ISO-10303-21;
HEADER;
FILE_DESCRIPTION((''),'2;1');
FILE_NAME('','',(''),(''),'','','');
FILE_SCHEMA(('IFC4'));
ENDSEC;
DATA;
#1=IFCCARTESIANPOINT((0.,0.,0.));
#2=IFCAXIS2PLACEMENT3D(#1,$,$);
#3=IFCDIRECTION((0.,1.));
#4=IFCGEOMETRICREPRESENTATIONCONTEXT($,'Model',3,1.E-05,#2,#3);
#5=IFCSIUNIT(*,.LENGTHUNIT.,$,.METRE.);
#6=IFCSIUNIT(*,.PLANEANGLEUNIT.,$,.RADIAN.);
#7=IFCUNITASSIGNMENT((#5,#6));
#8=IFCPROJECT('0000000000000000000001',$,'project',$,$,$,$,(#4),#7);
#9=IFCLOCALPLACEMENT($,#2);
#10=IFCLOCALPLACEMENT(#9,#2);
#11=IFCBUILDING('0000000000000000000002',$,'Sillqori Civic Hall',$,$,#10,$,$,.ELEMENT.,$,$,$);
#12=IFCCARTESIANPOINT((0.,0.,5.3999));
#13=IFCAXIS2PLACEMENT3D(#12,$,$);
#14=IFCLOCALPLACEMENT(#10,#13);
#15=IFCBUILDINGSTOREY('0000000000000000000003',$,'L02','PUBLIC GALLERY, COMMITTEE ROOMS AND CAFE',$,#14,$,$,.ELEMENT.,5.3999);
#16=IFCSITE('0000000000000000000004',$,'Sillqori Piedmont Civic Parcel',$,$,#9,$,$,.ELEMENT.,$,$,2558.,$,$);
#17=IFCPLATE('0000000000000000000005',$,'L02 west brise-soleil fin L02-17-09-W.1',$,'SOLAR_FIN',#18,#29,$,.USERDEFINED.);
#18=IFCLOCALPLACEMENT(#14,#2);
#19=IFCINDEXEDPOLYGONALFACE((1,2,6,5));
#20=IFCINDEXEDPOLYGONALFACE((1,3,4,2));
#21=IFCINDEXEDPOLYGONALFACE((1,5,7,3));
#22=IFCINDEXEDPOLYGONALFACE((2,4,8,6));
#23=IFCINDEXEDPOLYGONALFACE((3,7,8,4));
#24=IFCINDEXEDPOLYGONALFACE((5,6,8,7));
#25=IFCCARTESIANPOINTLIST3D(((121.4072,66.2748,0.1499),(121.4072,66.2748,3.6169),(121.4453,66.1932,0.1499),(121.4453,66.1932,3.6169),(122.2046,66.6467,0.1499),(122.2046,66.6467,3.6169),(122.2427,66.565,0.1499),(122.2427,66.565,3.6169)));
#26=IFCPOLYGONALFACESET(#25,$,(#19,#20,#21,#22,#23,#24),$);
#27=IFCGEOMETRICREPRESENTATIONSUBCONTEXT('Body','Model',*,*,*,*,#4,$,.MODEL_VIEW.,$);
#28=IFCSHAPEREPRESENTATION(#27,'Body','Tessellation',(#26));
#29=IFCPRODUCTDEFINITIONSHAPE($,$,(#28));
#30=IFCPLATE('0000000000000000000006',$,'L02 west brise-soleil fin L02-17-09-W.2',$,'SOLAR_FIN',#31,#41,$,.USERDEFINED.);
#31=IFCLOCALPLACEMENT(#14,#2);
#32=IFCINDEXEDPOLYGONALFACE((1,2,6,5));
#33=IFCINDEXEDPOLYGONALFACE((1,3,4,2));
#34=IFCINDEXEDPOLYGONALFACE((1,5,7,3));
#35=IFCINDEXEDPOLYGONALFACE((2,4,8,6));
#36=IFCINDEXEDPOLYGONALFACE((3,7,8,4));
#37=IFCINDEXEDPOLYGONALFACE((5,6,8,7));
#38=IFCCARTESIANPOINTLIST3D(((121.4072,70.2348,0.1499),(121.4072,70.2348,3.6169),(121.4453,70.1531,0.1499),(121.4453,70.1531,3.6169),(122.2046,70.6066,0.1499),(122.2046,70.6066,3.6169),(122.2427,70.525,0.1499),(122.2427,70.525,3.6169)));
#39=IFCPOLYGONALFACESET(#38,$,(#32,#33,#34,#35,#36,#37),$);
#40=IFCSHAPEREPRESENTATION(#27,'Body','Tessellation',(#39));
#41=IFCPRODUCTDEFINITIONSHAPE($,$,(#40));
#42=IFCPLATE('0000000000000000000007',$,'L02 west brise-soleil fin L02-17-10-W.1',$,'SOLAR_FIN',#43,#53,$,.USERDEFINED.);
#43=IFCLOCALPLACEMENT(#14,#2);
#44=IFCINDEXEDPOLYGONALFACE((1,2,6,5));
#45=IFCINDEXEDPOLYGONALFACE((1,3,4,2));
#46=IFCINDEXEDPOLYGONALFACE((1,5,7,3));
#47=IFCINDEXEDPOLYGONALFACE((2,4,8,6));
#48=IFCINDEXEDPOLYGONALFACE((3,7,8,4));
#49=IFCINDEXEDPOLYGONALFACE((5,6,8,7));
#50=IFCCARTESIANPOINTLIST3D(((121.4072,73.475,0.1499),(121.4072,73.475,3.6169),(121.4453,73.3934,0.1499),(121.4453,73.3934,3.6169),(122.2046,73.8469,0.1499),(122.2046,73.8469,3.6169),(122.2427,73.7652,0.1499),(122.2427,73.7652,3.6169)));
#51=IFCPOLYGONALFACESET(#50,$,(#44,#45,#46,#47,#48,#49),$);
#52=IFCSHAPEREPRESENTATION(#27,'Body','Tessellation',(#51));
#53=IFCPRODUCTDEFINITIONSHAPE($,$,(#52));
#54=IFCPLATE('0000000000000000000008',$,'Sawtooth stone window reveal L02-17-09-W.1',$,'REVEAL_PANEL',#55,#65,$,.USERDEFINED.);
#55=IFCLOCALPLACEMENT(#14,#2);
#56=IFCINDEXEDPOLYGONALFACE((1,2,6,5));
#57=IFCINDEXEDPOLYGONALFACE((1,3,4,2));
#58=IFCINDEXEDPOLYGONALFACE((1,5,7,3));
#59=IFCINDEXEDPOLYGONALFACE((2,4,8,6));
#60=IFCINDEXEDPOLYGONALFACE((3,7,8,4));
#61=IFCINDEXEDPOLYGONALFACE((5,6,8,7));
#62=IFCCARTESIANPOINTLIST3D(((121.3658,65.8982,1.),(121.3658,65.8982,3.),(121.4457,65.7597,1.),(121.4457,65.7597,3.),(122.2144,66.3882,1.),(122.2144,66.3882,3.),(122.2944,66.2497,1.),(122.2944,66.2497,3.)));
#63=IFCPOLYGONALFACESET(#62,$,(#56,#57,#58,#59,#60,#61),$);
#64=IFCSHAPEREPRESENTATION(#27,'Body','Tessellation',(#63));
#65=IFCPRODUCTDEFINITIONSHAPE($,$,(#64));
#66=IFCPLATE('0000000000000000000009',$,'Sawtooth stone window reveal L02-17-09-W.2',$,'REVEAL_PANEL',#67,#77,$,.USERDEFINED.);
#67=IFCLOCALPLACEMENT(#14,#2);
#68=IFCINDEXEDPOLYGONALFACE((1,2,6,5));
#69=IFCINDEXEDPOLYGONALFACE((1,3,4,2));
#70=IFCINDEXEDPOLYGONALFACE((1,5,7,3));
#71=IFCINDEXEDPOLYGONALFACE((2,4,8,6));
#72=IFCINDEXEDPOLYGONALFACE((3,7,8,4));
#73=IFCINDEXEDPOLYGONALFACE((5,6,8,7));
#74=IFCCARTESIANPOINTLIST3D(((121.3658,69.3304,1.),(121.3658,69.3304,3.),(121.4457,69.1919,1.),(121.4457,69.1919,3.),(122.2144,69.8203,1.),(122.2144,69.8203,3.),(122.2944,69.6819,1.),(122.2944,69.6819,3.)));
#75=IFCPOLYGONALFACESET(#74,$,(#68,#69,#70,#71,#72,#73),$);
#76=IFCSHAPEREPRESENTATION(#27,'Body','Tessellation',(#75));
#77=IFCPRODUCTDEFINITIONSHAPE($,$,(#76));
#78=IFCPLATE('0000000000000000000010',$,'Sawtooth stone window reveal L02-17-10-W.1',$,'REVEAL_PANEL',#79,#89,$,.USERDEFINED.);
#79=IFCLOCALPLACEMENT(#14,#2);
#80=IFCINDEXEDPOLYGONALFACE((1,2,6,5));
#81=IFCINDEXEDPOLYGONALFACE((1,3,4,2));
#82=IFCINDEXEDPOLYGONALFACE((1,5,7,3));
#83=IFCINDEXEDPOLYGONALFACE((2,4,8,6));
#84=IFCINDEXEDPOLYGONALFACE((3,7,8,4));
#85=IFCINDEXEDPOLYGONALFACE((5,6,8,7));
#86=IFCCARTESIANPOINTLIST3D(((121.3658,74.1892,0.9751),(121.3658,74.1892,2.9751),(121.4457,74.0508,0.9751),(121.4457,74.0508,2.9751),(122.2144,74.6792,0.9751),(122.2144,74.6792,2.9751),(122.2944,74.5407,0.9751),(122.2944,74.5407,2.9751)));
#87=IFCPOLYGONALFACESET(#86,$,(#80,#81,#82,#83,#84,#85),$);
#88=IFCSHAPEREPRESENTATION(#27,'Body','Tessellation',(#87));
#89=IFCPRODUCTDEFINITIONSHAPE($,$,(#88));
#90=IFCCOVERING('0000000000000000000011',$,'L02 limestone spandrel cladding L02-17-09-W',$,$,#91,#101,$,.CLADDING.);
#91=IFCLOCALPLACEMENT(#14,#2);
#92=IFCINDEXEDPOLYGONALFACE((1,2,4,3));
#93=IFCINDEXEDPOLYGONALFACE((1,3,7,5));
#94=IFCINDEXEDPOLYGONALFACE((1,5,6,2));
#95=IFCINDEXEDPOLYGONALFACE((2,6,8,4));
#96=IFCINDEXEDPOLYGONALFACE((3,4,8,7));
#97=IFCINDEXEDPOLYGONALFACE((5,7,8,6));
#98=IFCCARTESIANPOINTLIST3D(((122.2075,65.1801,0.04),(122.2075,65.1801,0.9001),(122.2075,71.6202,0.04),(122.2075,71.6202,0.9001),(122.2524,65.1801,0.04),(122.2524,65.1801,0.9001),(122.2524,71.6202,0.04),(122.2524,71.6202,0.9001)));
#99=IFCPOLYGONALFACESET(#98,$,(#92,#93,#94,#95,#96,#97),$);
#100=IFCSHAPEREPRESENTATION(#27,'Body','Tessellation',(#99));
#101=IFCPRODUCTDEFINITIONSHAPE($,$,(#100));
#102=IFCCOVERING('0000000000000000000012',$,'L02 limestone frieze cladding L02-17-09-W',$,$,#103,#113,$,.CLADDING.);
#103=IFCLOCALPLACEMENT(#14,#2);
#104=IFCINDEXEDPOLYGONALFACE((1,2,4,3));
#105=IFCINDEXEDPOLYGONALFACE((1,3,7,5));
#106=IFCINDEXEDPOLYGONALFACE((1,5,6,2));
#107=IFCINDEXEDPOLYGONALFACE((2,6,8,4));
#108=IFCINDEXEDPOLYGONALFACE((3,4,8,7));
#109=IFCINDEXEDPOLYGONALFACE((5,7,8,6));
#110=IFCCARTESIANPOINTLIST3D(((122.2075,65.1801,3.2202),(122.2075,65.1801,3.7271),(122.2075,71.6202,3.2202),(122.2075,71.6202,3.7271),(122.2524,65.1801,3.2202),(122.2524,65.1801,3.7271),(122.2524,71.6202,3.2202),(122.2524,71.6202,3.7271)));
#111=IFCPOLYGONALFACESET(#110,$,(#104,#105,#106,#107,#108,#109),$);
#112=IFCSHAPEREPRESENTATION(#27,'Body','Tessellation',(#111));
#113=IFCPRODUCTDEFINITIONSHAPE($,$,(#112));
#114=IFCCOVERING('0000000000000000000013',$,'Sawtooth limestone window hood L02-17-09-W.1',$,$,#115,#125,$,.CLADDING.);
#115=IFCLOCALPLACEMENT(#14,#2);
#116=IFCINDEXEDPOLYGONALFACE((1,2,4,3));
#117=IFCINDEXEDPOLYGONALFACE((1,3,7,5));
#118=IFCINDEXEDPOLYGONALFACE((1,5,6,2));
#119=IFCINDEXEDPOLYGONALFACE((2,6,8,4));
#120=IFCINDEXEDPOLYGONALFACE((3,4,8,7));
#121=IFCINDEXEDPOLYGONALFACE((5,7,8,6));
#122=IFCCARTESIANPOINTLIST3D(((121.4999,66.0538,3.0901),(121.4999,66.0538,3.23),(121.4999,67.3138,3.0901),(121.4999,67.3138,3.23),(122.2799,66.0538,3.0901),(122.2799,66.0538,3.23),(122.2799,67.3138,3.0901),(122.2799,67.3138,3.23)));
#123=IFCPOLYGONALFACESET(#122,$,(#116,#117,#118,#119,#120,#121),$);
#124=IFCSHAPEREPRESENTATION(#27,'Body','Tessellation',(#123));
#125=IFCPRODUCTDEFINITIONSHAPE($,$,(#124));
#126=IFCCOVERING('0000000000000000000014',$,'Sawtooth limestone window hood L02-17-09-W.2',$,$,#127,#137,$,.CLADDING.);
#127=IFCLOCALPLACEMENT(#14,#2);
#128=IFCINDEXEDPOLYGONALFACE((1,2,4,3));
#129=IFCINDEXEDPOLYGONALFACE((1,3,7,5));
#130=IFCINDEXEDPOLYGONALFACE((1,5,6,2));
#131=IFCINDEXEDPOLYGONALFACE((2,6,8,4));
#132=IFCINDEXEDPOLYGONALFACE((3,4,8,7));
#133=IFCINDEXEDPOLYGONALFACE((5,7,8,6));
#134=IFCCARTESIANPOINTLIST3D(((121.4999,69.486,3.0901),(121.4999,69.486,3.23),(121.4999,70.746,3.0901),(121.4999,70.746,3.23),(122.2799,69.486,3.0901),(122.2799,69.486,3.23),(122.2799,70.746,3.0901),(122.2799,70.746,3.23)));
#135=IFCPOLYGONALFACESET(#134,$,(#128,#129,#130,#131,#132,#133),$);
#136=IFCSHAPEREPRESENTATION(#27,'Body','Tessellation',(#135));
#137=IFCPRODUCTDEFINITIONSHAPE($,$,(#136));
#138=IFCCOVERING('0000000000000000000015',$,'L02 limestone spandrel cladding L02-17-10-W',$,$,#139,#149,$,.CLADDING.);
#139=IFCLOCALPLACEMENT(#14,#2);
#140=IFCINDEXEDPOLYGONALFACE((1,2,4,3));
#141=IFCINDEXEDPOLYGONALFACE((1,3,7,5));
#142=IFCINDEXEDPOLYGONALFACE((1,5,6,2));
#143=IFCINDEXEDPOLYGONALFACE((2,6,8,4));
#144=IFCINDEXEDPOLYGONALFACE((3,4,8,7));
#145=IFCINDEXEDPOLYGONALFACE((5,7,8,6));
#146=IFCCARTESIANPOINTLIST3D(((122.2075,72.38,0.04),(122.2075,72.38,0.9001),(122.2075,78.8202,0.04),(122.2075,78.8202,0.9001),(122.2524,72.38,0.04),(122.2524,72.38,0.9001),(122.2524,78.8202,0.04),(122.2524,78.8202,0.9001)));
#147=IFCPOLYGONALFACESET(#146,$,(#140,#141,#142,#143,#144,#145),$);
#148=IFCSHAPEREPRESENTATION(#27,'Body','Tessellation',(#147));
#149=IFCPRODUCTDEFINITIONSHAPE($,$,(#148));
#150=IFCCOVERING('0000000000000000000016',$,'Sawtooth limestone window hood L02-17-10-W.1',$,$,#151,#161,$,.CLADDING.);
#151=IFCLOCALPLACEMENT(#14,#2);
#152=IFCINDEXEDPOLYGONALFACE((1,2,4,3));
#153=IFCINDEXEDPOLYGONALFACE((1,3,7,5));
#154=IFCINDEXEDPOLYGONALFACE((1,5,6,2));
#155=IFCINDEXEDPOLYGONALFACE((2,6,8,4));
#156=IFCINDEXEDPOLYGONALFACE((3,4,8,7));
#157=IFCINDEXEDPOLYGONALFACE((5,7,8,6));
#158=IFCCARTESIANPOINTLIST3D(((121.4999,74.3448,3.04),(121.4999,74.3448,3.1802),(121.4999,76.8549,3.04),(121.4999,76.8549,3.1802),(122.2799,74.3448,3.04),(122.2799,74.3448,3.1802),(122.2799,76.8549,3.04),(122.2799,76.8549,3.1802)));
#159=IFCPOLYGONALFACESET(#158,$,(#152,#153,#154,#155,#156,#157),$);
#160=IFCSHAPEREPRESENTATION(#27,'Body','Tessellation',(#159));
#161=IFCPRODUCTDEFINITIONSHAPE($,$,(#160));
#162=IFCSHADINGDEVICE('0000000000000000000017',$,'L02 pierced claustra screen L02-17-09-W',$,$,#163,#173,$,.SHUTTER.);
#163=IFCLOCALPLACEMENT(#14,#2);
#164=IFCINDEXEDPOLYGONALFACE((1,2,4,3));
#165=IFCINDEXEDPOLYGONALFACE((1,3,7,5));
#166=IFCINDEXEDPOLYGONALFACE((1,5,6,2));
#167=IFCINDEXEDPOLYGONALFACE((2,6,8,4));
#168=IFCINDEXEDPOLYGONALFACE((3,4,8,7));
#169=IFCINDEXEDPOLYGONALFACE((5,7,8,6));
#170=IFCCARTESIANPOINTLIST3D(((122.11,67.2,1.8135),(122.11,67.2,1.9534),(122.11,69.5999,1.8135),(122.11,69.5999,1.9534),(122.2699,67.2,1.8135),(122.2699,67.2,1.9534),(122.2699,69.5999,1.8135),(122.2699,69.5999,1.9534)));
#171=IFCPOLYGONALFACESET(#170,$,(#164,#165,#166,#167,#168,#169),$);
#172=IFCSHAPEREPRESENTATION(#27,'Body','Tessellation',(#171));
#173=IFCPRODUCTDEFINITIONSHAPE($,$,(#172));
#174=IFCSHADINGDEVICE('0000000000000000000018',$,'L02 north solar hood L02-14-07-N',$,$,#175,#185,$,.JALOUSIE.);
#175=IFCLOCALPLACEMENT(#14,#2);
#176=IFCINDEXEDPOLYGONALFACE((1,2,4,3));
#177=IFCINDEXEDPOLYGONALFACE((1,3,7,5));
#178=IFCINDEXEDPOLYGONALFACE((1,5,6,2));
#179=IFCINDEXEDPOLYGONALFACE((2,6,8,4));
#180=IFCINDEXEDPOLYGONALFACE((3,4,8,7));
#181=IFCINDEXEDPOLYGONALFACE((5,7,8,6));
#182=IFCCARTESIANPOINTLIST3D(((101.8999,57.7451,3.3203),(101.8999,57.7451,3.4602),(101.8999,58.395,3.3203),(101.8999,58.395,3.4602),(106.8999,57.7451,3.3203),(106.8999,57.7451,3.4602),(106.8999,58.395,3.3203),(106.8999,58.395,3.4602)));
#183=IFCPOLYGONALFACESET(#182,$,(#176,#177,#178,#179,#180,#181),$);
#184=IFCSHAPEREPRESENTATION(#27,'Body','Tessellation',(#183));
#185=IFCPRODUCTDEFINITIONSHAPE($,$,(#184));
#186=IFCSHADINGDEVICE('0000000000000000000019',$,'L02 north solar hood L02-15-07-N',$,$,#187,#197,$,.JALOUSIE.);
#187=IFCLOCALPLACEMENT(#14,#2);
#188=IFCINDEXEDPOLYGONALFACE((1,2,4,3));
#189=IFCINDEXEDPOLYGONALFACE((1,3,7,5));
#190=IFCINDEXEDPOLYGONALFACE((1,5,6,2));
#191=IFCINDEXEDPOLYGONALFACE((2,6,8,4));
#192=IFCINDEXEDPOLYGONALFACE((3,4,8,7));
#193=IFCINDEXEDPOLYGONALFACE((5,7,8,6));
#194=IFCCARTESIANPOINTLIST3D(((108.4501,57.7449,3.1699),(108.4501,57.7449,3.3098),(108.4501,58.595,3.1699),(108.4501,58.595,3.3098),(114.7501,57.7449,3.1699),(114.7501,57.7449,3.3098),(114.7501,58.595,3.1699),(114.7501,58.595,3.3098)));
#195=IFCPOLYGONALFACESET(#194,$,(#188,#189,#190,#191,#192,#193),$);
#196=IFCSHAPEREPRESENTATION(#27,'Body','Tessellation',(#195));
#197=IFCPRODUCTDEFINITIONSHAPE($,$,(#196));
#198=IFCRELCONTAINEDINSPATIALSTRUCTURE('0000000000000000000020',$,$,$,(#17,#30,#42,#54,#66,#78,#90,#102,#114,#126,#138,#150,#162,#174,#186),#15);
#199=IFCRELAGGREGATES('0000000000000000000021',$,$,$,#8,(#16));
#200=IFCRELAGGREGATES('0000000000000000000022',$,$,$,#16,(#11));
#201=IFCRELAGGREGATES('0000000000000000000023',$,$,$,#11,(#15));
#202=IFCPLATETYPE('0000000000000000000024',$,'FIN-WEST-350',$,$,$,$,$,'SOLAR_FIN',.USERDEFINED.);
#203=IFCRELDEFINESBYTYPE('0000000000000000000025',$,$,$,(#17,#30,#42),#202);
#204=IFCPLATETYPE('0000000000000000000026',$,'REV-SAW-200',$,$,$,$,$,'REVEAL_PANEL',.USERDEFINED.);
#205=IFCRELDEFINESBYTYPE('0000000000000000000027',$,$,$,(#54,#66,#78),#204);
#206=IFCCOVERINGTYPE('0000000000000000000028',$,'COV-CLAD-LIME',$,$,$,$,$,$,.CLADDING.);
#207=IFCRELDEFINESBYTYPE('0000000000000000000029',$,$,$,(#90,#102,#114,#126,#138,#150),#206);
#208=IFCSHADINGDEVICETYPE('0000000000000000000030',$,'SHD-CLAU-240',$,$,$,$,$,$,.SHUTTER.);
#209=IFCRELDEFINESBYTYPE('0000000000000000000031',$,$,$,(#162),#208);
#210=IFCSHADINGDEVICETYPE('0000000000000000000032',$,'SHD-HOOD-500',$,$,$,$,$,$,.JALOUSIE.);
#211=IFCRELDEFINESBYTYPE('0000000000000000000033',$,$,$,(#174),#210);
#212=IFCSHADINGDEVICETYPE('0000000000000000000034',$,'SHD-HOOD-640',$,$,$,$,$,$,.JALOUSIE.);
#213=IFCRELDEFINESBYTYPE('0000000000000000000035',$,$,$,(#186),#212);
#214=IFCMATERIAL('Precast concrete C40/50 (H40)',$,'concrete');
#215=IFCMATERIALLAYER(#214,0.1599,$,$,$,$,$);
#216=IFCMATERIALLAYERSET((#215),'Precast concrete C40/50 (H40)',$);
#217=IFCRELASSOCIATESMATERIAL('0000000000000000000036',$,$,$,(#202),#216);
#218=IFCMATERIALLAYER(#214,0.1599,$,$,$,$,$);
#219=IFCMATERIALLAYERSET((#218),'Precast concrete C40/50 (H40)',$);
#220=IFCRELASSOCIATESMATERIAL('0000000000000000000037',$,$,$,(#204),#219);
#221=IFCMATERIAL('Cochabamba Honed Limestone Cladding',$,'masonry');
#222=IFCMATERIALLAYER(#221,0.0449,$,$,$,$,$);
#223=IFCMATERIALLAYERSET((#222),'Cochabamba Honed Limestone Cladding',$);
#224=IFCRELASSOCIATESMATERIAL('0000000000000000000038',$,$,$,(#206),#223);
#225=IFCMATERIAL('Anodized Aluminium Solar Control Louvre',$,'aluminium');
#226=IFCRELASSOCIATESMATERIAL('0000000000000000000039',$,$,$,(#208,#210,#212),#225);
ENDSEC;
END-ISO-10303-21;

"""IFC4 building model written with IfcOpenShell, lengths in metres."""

from ifc_helpers import new_model, si_unit, direction, frame, frame_2d, origin, origin_2d, place, context, subcontext, project, spatial, rectangle, extrude, material, layer, layer_set, type_object, element, save


model = new_model("IFC4")

# Units and contexts
model_context = context("Model", 3, precision=1e-05, world=origin(), true_north=direction((0.0, 1.0)))
body_context = subcontext(model_context, "Body", "Model", "MODEL_VIEW")
ifc_project = project(units=[si_unit("LENGTHUNIT", "METRE"), si_unit("PLANEANGLEUNIT", "RADIAN")], contexts=[model_context])

# Site, building, storey
site_placement = place(None, origin())
site = spatial("IfcSite", under=ifc_project, at=site_placement, Name="Sillqori Piedmont Civic Parcel", CompositionType="ELEMENT", RefElevation=2558.0)
building_placement = place(site_placement, origin())
building = spatial("IfcBuilding", under=site, at=building_placement, Name="Sillqori Civic Hall", CompositionType="ELEMENT")
storey_placement = place(building_placement, frame((0.0, 0.0, 5.3999)))
storey = spatial("IfcBuildingStorey", under=building, at=storey_placement, Name="L02", Description="PUBLIC GALLERY, COMMITTEE ROOMS AND CAFE", CompositionType="ELEMENT", Elevation=5.3999)

# Plates
ifc_material_1 = material(Name="Precast concrete C40/50 (H40)", Category="concrete")
ifc_layer_1 = layer(ifc_material_1, 0.1599)
ifc_layer_set_1 = layer_set([ifc_layer_1], Name="Precast concrete C40/50 (H40)")
plate_type_1 = type_object("IfcPlateType", Name="FIN-WEST-350", ElementType="SOLAR_FIN", PredefinedType="USERDEFINED", material=ifc_layer_set_1)
for number, where, z_axis, x_axis, name in (
    (1, (121.825, 66.4199, 0.1499), (0.0, 0.0, 1.0), (-0.422618, 0.906308, 0.0), "L02 west brise-soleil fin L02-17-09-W.1"),
    (2, (121.825, 70.3799, 0.1499), (0.0, 0.0, 1.0), (-0.422618, 0.906308, 0.0), "L02 west brise-soleil fin L02-17-09-W.2"),
    (3, (121.825, 73.6201, 0.1499), (0.0, 0.0, 1.0), (-0.422618, 0.906308, 0.0), "L02 west brise-soleil fin L02-17-10-W.1"),
):
    element("IfcPlate", number, at=place(storey_placement, frame(where, z_axis=z_axis, x_axis=x_axis)), inside=storey, type_object=plate_type_1, Name=name, ObjectType="SOLAR_FIN", PredefinedType="USERDEFINED", context=body_context, shape_type="SweptSolid", body=[
        extrude(rectangle(XDim=0.0901, YDim=0.8799, at=origin_2d()), origin(), (0.0, 0.0, 1.0), 3.467),
    ])
ifc_layer_2 = layer(ifc_material_1, 0.1599)
ifc_layer_set_2 = layer_set([ifc_layer_2], Name="Precast concrete C40/50 (H40)")
plate_type_2 = type_object("IfcPlateType", Name="REV-SAW-200", ElementType="REVEAL_PANEL", PredefinedType="USERDEFINED", material=ifc_layer_set_2)
for number, where, z_axis, x_axis, name in (
    (4, (121.8301, 66.074, 1.0), (0.0, 0.0, 1.0), (-0.5, 0.866025, 0.0), "Sawtooth stone window reveal L02-17-09-W.1"),
    (5, (121.8301, 69.5061, 1.0), (0.0, 0.0, 1.0), (-0.5, 0.866025, 0.0), "Sawtooth stone window reveal L02-17-09-W.2"),
    (6, (121.8301, 74.365, 0.9751), (0.0, 0.0, 1.0), (-0.5, 0.866025, 0.0), "Sawtooth stone window reveal L02-17-10-W.1"),
):
    element("IfcPlate", number, at=place(storey_placement, frame(where, z_axis=z_axis, x_axis=x_axis)), inside=storey, type_object=plate_type_2, Name=name, ObjectType="REVEAL_PANEL", PredefinedType="USERDEFINED", context=body_context, shape_type="SweptSolid", body=[
        extrude(rectangle(XDim=0.1599, YDim=0.98, at=origin_2d()), origin(), (0.0, 0.0, 1.0), 2.0),
    ])

# Coverings
ifc_material_2 = material(Name="Cochabamba Honed Limestone Cladding", Category="masonry")
ifc_layer_3 = layer(ifc_material_2, 0.0449)
ifc_layer_set_3 = layer_set([ifc_layer_3], Name="Cochabamba Honed Limestone Cladding")
covering_type = type_object("IfcCoveringType", Name="COV-CLAD-LIME", PredefinedType="CLADDING", material=ifc_layer_set_3)
covering_1_placement = place(storey_placement, frame((122.23, 65.1799, 0.04), z_axis=(0.0, 0.0, 1.0), x_axis=(0.0, 1.0, 0.0)))
element("IfcCovering", 7, at=covering_1_placement, inside=storey, type_object=covering_type, Name="L02 limestone spandrel cladding L02-17-09-W", PredefinedType="CLADDING", context=body_context, shape_type="SweptSolid", body=[
    extrude(rectangle(XDim=6.4402, YDim=0.0449, at=frame_2d((3.2202, 0.0))), origin(), (0.0, 0.0, 1.0), 0.8601),
])
covering_2_placement = place(storey_placement, frame((122.23, 65.1799, 3.2202), z_axis=(0.0, 0.0, 1.0), x_axis=(0.0, 1.0, 0.0)))
element("IfcCovering", 8, at=covering_2_placement, inside=storey, type_object=covering_type, Name="L02 limestone frieze cladding L02-17-09-W", PredefinedType="CLADDING", context=body_context, shape_type="SweptSolid", body=[
    extrude(rectangle(XDim=6.4402, YDim=0.0449, at=frame_2d((3.2202, 0.0))), origin(), (0.0, 0.0, 1.0), 0.5068),
])
for number, where, z_axis, x_axis, name in (
    (9, (121.8899, 66.054, 3.0901), (0.0, 0.0, 1.0), (0.0, 1.0, 0.0), "Sawtooth limestone window hood L02-17-09-W.1"),
    (10, (121.8899, 69.4861, 3.0901), (0.0, 0.0, 1.0), (0.0, 1.0, 0.0), "Sawtooth limestone window hood L02-17-09-W.2"),
):
    element("IfcCovering", number, at=place(storey_placement, frame(where, z_axis=z_axis, x_axis=x_axis)), inside=storey, type_object=covering_type, Name=name, PredefinedType="CLADDING", context=body_context, shape_type="SweptSolid", body=[
        extrude(rectangle(XDim=1.26, YDim=0.78, at=frame_2d((0.6299, 0.0))), origin(), (0.0, 0.0, 1.0), 0.1399),
    ])
covering_3_placement = place(storey_placement, frame((122.23, 72.3799, 0.04), z_axis=(0.0, 0.0, 1.0), x_axis=(0.0, 1.0, 0.0)))
element("IfcCovering", 11, at=covering_3_placement, inside=storey, type_object=covering_type, Name="L02 limestone spandrel cladding L02-17-10-W", PredefinedType="CLADDING", context=body_context, shape_type="SweptSolid", body=[
    extrude(rectangle(XDim=6.4402, YDim=0.0449, at=frame_2d((3.2202, 0.0))), origin(), (0.0, 0.0, 1.0), 0.8601),
])
covering_4_placement = place(storey_placement, frame((121.8899, 74.345, 3.04), z_axis=(0.0, 0.0, 1.0), x_axis=(0.0, 1.0, 0.0)))
element("IfcCovering", 12, at=covering_4_placement, inside=storey, type_object=covering_type, Name="Sawtooth limestone window hood L02-17-10-W.1", PredefinedType="CLADDING", context=body_context, shape_type="SweptSolid", body=[
    extrude(rectangle(XDim=2.51, YDim=0.78, at=frame_2d((1.2549, 0.0))), origin(), (0.0, 0.0, 1.0), 0.1401),
])

# Shading devices
ifc_material_3 = material(Name="Anodized Aluminium Solar Control Louvre", Category="aluminium")
shading_device_type_1 = type_object("IfcShadingDeviceType", Name="SHD-CLAU-240", PredefinedType="SHUTTER", material=ifc_material_3)
shading_device_1_placement = place(storey_placement, frame((122.1899, 68.3999, 1.8135), z_axis=(0.0, 0.0, 1.0), x_axis=(0.0, 1.0, 0.0)))
element("IfcShadingDevice", 13, at=shading_device_1_placement, inside=storey, type_object=shading_device_type_1, Name="L02 pierced claustra screen L02-17-09-W", PredefinedType="SHUTTER", context=body_context, shape_type="SweptSolid", body=[
    extrude(rectangle(XDim=2.3999, YDim=0.1599, at=origin_2d()), origin(), (0.0, 0.0, 1.0), 0.1399),
])
shading_device_type_2 = type_object("IfcShadingDeviceType", Name="SHD-HOOD-500", PredefinedType="JALOUSIE", material=ifc_material_3)
shading_device_2_placement = place(storey_placement, frame((104.3999, 58.0701, 3.3203), z_axis=(0.0, 0.0, 1.0), x_axis=(1.0, 0.0, 0.0)))
element("IfcShadingDevice", 14, at=shading_device_2_placement, inside=storey, type_object=shading_device_type_2, Name="L02 north solar hood L02-14-07-N", PredefinedType="JALOUSIE", context=body_context, shape_type="SweptSolid", body=[
    extrude(rectangle(XDim=5.0, YDim=0.6499, at=origin_2d()), origin(), (0.0, 0.0, 1.0), 0.1399),
])
shading_device_type_3 = type_object("IfcShadingDeviceType", Name="SHD-HOOD-640", PredefinedType="JALOUSIE", material=ifc_material_3)
shading_device_3_placement = place(storey_placement, frame((111.6001, 58.1699, 3.1699), z_axis=(0.0, 0.0, 1.0), x_axis=(1.0, 0.0, 0.0)))
element("IfcShadingDevice", 15, at=shading_device_3_placement, inside=storey, type_object=shading_device_type_3, Name="L02 north solar hood L02-15-07-N", PredefinedType="JALOUSIE", context=body_context, shape_type="SweptSolid", body=[
    extrude(rectangle(XDim=6.3, YDim=0.8501, at=origin_2d()), origin(), (0.0, 0.0, 1.0), 0.1399),
])

save(model, "model.ifc")
